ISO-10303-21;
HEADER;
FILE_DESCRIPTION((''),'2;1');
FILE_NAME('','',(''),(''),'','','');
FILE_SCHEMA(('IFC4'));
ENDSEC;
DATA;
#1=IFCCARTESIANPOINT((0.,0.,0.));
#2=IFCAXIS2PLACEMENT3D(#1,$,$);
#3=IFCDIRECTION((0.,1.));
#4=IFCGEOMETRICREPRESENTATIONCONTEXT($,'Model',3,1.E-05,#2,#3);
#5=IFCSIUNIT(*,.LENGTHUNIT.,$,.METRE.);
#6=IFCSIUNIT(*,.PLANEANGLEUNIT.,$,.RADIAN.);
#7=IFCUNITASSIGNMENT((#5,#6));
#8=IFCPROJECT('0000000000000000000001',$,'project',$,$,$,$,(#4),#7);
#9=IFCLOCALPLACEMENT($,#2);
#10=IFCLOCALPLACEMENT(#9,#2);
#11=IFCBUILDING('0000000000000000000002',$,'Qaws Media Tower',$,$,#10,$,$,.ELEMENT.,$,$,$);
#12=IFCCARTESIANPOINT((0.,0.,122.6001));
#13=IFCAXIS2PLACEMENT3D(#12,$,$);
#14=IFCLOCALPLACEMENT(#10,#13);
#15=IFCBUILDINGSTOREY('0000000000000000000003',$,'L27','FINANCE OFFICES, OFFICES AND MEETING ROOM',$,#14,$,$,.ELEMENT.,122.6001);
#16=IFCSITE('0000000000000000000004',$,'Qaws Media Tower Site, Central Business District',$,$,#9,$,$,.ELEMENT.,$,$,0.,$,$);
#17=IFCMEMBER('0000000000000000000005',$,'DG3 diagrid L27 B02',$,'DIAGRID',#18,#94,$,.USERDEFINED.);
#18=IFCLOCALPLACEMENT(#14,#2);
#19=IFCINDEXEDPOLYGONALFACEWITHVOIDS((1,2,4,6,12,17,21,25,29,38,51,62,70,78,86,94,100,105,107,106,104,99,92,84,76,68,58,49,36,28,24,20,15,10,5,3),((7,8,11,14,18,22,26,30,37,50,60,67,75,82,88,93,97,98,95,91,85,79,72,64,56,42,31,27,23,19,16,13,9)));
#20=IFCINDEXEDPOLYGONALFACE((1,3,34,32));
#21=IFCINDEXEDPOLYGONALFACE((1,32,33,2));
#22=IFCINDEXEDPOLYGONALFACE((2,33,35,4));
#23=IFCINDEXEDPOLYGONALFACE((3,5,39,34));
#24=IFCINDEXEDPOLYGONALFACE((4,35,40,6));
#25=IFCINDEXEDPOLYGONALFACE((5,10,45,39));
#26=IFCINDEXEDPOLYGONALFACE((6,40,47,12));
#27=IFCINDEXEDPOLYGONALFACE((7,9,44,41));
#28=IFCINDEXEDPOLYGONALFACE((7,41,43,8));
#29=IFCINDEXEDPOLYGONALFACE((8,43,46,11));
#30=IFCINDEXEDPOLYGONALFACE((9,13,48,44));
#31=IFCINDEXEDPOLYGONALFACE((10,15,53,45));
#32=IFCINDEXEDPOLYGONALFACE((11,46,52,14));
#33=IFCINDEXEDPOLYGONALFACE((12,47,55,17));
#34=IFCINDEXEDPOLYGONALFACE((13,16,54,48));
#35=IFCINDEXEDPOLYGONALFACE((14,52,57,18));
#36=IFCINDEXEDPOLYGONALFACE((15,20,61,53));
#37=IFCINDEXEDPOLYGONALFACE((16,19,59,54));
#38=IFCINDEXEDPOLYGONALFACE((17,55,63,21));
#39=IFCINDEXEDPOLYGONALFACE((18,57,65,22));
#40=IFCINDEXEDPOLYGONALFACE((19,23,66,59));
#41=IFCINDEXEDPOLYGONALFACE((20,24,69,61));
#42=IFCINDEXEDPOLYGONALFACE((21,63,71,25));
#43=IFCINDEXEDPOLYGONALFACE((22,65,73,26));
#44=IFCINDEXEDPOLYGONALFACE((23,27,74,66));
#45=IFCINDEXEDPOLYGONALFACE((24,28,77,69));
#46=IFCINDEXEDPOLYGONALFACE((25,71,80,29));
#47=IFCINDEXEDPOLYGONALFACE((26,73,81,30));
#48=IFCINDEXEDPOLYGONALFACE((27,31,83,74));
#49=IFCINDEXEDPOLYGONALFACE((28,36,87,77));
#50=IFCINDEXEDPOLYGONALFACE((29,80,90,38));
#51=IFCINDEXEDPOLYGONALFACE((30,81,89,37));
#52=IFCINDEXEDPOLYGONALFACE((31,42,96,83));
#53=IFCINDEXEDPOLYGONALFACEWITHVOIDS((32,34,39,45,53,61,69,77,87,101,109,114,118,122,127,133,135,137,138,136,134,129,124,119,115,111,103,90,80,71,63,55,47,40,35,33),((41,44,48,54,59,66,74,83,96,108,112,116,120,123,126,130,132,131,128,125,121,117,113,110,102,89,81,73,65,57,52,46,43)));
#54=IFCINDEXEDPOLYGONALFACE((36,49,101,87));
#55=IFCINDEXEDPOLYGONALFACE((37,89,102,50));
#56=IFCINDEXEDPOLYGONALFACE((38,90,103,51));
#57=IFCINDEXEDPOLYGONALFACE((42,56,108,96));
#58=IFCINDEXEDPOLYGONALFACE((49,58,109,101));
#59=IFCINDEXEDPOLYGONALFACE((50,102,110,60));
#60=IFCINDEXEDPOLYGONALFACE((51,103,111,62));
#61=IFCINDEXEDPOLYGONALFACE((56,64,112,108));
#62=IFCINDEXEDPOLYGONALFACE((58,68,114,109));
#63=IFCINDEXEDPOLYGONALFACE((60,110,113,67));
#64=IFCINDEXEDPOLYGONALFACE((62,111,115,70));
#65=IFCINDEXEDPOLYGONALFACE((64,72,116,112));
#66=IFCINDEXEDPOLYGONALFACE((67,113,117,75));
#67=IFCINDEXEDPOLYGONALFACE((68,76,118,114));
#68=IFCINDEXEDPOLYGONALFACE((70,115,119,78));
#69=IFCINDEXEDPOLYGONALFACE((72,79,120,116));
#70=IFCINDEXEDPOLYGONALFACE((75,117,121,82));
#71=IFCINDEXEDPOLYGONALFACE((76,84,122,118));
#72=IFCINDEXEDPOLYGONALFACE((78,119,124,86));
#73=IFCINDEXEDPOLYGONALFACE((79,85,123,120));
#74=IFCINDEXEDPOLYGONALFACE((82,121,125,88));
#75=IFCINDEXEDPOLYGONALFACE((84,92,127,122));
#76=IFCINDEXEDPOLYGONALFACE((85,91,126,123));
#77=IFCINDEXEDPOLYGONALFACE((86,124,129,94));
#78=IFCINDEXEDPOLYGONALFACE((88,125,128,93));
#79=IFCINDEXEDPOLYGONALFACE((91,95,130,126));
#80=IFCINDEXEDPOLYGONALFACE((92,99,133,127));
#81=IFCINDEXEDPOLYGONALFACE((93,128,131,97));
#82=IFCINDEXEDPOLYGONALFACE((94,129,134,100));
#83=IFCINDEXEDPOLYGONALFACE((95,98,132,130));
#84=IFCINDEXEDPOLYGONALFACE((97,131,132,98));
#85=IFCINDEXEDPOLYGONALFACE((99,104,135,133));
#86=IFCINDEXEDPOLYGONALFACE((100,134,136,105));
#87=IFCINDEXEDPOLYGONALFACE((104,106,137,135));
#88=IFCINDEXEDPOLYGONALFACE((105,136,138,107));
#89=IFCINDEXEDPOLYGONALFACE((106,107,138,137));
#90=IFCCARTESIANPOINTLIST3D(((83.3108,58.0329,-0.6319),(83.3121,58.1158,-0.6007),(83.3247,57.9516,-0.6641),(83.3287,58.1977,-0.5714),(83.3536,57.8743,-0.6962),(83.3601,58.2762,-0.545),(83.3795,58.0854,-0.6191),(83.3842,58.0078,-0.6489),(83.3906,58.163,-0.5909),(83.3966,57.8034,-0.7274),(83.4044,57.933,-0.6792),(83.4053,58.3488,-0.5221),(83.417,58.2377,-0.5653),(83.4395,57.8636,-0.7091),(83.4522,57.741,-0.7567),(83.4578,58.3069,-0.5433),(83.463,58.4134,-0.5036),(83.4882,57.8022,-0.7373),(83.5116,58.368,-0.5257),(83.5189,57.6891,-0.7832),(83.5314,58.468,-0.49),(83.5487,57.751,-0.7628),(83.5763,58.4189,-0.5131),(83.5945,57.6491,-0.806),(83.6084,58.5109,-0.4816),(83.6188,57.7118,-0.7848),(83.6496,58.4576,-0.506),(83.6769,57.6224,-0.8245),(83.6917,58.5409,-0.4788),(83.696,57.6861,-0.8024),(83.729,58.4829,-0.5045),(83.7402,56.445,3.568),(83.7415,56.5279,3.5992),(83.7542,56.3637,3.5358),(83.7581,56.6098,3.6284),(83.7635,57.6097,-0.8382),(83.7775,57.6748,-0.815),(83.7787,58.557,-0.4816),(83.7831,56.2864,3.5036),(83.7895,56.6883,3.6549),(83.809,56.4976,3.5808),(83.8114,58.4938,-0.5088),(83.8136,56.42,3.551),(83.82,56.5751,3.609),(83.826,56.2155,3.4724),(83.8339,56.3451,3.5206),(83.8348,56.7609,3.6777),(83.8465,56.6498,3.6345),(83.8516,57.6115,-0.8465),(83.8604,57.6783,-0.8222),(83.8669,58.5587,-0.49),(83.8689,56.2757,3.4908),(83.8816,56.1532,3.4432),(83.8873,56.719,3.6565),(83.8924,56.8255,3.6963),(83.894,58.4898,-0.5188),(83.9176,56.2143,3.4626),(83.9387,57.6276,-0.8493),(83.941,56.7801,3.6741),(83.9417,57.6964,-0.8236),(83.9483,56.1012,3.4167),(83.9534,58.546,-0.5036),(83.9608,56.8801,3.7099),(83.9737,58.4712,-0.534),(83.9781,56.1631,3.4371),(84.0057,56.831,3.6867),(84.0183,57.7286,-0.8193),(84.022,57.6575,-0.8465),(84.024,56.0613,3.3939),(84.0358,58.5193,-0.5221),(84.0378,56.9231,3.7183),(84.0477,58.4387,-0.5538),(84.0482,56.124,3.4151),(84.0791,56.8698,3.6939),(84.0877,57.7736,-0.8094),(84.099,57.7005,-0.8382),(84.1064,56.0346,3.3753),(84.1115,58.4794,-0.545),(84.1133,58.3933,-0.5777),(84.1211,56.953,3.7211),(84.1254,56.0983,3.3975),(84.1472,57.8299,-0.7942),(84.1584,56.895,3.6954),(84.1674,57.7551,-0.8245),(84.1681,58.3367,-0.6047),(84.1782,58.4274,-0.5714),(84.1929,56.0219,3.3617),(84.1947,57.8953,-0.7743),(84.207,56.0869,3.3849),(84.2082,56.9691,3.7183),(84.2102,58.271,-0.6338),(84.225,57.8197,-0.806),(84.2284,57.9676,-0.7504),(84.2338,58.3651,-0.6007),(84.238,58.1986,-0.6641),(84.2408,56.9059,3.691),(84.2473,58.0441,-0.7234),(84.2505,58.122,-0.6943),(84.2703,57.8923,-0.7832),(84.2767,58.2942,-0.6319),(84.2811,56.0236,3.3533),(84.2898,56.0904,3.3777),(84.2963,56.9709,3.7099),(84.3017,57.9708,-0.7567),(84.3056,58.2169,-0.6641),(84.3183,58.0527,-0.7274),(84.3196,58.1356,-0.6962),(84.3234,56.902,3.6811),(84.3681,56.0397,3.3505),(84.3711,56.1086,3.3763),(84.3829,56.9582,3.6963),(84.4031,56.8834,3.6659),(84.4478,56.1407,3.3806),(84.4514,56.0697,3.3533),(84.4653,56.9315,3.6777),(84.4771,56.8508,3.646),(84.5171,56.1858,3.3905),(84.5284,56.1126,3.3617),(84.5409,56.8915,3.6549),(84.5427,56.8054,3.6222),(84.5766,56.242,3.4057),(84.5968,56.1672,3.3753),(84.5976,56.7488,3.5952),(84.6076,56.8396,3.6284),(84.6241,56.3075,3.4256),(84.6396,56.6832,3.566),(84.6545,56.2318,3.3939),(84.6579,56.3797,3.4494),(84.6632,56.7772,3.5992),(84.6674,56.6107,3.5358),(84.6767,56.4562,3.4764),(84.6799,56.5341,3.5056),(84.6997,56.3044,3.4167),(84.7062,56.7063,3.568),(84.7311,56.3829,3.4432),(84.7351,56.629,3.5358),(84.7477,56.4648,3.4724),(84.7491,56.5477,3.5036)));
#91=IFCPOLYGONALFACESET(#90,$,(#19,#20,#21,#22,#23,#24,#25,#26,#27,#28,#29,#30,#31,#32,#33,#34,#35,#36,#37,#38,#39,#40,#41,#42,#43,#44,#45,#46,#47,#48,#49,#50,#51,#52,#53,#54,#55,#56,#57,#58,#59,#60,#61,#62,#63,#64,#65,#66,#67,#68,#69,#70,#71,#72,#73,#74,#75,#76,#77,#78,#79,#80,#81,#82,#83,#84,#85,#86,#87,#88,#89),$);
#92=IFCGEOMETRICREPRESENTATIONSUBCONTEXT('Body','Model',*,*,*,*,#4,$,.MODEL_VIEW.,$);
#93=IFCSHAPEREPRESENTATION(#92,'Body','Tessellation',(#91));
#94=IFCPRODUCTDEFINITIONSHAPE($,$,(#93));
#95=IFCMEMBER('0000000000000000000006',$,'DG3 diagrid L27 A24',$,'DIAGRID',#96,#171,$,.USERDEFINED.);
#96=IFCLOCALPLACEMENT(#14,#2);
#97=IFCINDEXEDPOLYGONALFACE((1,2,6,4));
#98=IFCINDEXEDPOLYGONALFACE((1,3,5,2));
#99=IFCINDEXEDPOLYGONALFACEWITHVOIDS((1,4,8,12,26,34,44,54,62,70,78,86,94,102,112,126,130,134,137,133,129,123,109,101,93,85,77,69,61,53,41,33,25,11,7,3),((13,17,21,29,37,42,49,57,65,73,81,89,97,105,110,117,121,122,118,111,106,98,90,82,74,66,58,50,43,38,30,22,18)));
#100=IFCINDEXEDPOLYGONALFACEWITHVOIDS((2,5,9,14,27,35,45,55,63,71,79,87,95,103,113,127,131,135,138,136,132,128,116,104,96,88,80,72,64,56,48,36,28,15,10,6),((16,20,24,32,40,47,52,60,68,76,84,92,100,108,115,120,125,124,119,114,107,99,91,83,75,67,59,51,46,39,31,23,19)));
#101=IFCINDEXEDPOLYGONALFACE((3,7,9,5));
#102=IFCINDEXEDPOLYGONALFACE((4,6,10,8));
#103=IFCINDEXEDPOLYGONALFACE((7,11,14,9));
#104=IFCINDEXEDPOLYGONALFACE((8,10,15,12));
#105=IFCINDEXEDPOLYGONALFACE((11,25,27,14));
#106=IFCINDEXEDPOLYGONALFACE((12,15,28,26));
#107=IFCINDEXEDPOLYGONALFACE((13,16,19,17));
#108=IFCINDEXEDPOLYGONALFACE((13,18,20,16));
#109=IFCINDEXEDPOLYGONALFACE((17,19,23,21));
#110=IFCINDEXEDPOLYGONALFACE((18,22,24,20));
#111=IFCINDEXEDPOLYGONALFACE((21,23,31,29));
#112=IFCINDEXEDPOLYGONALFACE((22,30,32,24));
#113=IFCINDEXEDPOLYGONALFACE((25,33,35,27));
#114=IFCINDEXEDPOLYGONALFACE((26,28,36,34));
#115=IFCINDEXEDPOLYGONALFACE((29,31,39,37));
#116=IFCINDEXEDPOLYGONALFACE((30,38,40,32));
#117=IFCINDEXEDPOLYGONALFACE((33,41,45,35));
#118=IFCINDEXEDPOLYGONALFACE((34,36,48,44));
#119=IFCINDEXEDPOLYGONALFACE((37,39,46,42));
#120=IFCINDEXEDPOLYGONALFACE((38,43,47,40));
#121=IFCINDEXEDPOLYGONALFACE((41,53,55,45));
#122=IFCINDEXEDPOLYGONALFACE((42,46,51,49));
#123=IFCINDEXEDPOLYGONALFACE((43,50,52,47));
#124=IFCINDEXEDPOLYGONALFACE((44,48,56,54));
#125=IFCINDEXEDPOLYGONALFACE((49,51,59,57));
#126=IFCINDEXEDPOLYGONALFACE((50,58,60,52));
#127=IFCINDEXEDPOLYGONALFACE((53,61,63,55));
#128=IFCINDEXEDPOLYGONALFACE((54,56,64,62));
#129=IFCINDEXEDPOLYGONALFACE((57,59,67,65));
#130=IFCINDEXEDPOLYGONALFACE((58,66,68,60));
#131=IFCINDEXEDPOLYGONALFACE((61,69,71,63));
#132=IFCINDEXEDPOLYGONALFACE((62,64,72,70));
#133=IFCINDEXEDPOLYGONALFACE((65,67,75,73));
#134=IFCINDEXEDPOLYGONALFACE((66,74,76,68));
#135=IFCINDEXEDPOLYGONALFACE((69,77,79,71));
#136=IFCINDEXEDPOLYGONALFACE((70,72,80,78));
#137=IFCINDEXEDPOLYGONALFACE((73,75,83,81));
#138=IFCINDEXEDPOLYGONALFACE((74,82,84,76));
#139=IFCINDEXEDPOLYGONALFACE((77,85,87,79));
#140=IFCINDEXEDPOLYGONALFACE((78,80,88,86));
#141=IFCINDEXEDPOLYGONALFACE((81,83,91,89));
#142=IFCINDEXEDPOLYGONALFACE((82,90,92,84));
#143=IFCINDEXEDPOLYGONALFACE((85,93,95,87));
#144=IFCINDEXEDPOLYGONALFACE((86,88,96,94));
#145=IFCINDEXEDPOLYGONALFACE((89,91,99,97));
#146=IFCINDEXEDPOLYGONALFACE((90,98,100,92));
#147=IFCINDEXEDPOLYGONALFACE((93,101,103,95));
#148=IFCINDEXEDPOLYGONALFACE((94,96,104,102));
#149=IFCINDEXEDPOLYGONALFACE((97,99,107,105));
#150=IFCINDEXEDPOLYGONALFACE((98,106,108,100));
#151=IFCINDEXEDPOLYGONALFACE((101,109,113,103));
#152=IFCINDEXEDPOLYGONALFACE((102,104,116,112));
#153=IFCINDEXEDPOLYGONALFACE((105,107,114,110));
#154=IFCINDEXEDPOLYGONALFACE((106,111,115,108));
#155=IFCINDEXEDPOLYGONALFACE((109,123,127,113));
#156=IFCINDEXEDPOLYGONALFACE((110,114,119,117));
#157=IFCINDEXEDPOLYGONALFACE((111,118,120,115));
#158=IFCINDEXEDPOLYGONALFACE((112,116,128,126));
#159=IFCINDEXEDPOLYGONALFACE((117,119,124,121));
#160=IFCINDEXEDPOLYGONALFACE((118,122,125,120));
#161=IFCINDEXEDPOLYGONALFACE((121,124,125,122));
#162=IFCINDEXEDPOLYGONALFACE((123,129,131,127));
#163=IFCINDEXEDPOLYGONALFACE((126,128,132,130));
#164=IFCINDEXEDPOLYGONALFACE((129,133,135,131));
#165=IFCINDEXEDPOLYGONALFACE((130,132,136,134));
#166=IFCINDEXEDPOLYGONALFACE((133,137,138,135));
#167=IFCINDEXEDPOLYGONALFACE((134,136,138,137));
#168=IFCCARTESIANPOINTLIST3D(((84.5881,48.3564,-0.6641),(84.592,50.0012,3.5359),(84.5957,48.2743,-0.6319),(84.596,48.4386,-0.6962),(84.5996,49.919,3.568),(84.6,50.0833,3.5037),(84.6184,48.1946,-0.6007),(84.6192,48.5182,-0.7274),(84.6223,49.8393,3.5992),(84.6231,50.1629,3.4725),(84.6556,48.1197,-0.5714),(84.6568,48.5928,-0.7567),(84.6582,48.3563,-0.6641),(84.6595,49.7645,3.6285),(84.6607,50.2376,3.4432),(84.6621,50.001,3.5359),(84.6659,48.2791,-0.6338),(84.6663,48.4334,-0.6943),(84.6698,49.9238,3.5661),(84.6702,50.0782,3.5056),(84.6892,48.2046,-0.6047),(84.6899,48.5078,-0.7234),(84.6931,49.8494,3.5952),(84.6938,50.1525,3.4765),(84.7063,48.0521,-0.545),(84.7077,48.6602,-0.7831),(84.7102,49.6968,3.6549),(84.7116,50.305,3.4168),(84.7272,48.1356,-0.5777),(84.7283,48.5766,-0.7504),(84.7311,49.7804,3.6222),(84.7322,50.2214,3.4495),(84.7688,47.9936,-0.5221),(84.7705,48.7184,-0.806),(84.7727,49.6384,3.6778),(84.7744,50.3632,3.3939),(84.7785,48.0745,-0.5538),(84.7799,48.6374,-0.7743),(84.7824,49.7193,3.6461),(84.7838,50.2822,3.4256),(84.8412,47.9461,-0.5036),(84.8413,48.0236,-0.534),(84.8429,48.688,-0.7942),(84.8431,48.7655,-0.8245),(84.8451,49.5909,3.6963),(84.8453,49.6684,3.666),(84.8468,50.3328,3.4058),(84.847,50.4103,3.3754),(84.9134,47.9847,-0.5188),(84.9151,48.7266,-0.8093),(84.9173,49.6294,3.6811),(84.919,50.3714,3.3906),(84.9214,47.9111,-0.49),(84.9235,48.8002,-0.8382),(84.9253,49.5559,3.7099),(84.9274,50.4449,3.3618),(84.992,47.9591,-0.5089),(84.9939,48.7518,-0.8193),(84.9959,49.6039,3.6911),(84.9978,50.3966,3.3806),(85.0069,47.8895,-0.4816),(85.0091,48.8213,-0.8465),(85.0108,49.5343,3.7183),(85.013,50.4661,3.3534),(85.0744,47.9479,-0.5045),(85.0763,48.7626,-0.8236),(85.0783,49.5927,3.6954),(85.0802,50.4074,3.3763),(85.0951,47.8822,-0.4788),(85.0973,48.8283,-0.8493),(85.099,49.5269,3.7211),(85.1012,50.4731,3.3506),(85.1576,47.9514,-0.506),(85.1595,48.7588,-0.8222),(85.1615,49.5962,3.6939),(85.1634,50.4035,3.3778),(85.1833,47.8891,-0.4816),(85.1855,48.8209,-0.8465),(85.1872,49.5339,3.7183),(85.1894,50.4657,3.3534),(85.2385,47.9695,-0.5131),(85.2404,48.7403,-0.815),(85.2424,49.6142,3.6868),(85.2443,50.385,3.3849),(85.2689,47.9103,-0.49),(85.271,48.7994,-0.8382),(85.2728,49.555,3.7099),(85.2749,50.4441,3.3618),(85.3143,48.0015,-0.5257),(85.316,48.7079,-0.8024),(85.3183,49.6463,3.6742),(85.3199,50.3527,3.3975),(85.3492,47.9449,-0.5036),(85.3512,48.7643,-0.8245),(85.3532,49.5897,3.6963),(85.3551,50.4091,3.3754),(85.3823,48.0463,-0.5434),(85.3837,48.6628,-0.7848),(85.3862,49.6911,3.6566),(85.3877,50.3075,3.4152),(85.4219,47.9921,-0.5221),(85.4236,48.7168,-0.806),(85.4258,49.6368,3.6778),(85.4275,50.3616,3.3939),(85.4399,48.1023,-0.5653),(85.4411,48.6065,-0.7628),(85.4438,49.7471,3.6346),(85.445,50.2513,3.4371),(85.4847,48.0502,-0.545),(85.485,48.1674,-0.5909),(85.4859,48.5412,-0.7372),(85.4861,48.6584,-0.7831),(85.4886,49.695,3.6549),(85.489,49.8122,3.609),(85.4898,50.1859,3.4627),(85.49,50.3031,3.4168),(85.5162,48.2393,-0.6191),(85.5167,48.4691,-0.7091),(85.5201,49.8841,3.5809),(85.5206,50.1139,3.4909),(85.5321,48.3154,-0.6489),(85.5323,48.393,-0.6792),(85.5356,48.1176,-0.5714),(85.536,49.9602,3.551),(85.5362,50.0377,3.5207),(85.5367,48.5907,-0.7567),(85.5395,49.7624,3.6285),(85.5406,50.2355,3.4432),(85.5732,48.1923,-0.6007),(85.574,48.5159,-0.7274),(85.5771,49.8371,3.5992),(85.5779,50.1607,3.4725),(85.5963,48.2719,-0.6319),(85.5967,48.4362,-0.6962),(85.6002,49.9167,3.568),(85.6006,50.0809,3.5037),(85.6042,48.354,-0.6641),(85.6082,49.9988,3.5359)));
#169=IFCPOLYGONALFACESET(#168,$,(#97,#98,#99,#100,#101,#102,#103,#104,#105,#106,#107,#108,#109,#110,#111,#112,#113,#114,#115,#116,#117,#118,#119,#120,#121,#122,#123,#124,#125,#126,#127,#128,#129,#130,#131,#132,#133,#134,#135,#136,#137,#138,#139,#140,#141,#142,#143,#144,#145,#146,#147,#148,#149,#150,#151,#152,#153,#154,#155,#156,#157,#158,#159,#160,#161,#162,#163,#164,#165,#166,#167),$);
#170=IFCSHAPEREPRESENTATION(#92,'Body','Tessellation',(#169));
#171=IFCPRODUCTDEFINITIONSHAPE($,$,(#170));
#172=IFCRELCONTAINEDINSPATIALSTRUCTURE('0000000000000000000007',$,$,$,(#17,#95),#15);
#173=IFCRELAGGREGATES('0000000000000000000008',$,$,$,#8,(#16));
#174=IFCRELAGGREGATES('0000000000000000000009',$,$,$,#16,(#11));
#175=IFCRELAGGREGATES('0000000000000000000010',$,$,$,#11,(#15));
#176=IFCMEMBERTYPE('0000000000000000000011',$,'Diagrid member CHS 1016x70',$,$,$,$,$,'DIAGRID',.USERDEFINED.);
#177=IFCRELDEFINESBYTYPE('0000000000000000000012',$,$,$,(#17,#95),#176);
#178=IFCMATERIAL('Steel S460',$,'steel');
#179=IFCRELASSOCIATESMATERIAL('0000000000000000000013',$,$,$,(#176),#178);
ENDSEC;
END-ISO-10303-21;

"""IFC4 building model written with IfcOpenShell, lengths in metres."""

from ifc_helpers import new_model, si_unit, direction, frame, origin, origin_2d, place, context, subcontext, project, spatial, hollow_circle, extrude, material, material_profile, profile_set, type_object, element, save


model = new_model("IFC4")

# Units and contexts
model_context = context("Model", 3, precision=1e-05, world=origin(), true_north=direction((0.0, 1.0)))
body_context = subcontext(model_context, "Body", "Model", "MODEL_VIEW")
ifc_project = project(units=[si_unit("LENGTHUNIT", "METRE"), si_unit("PLANEANGLEUNIT", "RADIAN")], contexts=[model_context])

# Site, building, storey
site_placement = place(None, origin())
site = spatial("IfcSite", under=ifc_project, at=site_placement, Name="Qaws Media Tower Site, Central Business District", CompositionType="ELEMENT", RefElevation=0.0)
building_placement = place(site_placement, origin())
building = spatial("IfcBuilding", under=site, at=building_placement, Name="Qaws Media Tower", CompositionType="ELEMENT")
storey_placement = place(building_placement, frame((0.0, 0.0, 122.6001)))
storey = spatial("IfcBuildingStorey", under=building, at=storey_placement, Name="L27", Description="FINANCE OFFICES, OFFICES AND MEETING ROOM", CompositionType="ELEMENT", Elevation=122.6001)

# Members
ifc_material_1 = material(Name="Steel S460", Category="steel")
ifc_material_profile_1 = material_profile(ifc_material_1, hollow_circle(Radius=0.5081, WallThickness=0.0701, at=origin_2d()), Name="CHS 1016x70")
ifc_profile_set_1 = profile_set([ifc_material_profile_1], Name="Steel S460")
member_type_1 = type_object("IfcMemberType", Name="Diagrid member CHS 1016x70", ElementType="DIAGRID", PredefinedType="USERDEFINED", material=ifc_profile_set_1)
for number, where, z_axis, x_axis, name in (
    (1, (83.8152, 58.0842, -0.6641), (0.095208, -0.352036, 0.931132), (0.96532, 0.26107, 0.0), "DG3 diagrid L27 B02"),
    (2, (85.0962, 48.3552, -0.6641), (0.000866, 0.364652, 0.931143), (-0.999997, 0.002375, 0.0), "DG3 diagrid L27 A24"),
):
    element("IfcMember", number, at=place(storey_placement, frame(where, z_axis=z_axis, x_axis=x_axis)), inside=storey, type_object=member_type_1, Name=name, ObjectType="DIAGRID", PredefinedType="USERDEFINED", context=body_context, shape_type="SweptSolid", body=[
        extrude(hollow_circle(Radius=0.5081, WallThickness=0.0701, at=origin_2d()), origin(), (0.0, 0.0, 1.0), 4.5105),
    ])

save(model, "model.ifc")
